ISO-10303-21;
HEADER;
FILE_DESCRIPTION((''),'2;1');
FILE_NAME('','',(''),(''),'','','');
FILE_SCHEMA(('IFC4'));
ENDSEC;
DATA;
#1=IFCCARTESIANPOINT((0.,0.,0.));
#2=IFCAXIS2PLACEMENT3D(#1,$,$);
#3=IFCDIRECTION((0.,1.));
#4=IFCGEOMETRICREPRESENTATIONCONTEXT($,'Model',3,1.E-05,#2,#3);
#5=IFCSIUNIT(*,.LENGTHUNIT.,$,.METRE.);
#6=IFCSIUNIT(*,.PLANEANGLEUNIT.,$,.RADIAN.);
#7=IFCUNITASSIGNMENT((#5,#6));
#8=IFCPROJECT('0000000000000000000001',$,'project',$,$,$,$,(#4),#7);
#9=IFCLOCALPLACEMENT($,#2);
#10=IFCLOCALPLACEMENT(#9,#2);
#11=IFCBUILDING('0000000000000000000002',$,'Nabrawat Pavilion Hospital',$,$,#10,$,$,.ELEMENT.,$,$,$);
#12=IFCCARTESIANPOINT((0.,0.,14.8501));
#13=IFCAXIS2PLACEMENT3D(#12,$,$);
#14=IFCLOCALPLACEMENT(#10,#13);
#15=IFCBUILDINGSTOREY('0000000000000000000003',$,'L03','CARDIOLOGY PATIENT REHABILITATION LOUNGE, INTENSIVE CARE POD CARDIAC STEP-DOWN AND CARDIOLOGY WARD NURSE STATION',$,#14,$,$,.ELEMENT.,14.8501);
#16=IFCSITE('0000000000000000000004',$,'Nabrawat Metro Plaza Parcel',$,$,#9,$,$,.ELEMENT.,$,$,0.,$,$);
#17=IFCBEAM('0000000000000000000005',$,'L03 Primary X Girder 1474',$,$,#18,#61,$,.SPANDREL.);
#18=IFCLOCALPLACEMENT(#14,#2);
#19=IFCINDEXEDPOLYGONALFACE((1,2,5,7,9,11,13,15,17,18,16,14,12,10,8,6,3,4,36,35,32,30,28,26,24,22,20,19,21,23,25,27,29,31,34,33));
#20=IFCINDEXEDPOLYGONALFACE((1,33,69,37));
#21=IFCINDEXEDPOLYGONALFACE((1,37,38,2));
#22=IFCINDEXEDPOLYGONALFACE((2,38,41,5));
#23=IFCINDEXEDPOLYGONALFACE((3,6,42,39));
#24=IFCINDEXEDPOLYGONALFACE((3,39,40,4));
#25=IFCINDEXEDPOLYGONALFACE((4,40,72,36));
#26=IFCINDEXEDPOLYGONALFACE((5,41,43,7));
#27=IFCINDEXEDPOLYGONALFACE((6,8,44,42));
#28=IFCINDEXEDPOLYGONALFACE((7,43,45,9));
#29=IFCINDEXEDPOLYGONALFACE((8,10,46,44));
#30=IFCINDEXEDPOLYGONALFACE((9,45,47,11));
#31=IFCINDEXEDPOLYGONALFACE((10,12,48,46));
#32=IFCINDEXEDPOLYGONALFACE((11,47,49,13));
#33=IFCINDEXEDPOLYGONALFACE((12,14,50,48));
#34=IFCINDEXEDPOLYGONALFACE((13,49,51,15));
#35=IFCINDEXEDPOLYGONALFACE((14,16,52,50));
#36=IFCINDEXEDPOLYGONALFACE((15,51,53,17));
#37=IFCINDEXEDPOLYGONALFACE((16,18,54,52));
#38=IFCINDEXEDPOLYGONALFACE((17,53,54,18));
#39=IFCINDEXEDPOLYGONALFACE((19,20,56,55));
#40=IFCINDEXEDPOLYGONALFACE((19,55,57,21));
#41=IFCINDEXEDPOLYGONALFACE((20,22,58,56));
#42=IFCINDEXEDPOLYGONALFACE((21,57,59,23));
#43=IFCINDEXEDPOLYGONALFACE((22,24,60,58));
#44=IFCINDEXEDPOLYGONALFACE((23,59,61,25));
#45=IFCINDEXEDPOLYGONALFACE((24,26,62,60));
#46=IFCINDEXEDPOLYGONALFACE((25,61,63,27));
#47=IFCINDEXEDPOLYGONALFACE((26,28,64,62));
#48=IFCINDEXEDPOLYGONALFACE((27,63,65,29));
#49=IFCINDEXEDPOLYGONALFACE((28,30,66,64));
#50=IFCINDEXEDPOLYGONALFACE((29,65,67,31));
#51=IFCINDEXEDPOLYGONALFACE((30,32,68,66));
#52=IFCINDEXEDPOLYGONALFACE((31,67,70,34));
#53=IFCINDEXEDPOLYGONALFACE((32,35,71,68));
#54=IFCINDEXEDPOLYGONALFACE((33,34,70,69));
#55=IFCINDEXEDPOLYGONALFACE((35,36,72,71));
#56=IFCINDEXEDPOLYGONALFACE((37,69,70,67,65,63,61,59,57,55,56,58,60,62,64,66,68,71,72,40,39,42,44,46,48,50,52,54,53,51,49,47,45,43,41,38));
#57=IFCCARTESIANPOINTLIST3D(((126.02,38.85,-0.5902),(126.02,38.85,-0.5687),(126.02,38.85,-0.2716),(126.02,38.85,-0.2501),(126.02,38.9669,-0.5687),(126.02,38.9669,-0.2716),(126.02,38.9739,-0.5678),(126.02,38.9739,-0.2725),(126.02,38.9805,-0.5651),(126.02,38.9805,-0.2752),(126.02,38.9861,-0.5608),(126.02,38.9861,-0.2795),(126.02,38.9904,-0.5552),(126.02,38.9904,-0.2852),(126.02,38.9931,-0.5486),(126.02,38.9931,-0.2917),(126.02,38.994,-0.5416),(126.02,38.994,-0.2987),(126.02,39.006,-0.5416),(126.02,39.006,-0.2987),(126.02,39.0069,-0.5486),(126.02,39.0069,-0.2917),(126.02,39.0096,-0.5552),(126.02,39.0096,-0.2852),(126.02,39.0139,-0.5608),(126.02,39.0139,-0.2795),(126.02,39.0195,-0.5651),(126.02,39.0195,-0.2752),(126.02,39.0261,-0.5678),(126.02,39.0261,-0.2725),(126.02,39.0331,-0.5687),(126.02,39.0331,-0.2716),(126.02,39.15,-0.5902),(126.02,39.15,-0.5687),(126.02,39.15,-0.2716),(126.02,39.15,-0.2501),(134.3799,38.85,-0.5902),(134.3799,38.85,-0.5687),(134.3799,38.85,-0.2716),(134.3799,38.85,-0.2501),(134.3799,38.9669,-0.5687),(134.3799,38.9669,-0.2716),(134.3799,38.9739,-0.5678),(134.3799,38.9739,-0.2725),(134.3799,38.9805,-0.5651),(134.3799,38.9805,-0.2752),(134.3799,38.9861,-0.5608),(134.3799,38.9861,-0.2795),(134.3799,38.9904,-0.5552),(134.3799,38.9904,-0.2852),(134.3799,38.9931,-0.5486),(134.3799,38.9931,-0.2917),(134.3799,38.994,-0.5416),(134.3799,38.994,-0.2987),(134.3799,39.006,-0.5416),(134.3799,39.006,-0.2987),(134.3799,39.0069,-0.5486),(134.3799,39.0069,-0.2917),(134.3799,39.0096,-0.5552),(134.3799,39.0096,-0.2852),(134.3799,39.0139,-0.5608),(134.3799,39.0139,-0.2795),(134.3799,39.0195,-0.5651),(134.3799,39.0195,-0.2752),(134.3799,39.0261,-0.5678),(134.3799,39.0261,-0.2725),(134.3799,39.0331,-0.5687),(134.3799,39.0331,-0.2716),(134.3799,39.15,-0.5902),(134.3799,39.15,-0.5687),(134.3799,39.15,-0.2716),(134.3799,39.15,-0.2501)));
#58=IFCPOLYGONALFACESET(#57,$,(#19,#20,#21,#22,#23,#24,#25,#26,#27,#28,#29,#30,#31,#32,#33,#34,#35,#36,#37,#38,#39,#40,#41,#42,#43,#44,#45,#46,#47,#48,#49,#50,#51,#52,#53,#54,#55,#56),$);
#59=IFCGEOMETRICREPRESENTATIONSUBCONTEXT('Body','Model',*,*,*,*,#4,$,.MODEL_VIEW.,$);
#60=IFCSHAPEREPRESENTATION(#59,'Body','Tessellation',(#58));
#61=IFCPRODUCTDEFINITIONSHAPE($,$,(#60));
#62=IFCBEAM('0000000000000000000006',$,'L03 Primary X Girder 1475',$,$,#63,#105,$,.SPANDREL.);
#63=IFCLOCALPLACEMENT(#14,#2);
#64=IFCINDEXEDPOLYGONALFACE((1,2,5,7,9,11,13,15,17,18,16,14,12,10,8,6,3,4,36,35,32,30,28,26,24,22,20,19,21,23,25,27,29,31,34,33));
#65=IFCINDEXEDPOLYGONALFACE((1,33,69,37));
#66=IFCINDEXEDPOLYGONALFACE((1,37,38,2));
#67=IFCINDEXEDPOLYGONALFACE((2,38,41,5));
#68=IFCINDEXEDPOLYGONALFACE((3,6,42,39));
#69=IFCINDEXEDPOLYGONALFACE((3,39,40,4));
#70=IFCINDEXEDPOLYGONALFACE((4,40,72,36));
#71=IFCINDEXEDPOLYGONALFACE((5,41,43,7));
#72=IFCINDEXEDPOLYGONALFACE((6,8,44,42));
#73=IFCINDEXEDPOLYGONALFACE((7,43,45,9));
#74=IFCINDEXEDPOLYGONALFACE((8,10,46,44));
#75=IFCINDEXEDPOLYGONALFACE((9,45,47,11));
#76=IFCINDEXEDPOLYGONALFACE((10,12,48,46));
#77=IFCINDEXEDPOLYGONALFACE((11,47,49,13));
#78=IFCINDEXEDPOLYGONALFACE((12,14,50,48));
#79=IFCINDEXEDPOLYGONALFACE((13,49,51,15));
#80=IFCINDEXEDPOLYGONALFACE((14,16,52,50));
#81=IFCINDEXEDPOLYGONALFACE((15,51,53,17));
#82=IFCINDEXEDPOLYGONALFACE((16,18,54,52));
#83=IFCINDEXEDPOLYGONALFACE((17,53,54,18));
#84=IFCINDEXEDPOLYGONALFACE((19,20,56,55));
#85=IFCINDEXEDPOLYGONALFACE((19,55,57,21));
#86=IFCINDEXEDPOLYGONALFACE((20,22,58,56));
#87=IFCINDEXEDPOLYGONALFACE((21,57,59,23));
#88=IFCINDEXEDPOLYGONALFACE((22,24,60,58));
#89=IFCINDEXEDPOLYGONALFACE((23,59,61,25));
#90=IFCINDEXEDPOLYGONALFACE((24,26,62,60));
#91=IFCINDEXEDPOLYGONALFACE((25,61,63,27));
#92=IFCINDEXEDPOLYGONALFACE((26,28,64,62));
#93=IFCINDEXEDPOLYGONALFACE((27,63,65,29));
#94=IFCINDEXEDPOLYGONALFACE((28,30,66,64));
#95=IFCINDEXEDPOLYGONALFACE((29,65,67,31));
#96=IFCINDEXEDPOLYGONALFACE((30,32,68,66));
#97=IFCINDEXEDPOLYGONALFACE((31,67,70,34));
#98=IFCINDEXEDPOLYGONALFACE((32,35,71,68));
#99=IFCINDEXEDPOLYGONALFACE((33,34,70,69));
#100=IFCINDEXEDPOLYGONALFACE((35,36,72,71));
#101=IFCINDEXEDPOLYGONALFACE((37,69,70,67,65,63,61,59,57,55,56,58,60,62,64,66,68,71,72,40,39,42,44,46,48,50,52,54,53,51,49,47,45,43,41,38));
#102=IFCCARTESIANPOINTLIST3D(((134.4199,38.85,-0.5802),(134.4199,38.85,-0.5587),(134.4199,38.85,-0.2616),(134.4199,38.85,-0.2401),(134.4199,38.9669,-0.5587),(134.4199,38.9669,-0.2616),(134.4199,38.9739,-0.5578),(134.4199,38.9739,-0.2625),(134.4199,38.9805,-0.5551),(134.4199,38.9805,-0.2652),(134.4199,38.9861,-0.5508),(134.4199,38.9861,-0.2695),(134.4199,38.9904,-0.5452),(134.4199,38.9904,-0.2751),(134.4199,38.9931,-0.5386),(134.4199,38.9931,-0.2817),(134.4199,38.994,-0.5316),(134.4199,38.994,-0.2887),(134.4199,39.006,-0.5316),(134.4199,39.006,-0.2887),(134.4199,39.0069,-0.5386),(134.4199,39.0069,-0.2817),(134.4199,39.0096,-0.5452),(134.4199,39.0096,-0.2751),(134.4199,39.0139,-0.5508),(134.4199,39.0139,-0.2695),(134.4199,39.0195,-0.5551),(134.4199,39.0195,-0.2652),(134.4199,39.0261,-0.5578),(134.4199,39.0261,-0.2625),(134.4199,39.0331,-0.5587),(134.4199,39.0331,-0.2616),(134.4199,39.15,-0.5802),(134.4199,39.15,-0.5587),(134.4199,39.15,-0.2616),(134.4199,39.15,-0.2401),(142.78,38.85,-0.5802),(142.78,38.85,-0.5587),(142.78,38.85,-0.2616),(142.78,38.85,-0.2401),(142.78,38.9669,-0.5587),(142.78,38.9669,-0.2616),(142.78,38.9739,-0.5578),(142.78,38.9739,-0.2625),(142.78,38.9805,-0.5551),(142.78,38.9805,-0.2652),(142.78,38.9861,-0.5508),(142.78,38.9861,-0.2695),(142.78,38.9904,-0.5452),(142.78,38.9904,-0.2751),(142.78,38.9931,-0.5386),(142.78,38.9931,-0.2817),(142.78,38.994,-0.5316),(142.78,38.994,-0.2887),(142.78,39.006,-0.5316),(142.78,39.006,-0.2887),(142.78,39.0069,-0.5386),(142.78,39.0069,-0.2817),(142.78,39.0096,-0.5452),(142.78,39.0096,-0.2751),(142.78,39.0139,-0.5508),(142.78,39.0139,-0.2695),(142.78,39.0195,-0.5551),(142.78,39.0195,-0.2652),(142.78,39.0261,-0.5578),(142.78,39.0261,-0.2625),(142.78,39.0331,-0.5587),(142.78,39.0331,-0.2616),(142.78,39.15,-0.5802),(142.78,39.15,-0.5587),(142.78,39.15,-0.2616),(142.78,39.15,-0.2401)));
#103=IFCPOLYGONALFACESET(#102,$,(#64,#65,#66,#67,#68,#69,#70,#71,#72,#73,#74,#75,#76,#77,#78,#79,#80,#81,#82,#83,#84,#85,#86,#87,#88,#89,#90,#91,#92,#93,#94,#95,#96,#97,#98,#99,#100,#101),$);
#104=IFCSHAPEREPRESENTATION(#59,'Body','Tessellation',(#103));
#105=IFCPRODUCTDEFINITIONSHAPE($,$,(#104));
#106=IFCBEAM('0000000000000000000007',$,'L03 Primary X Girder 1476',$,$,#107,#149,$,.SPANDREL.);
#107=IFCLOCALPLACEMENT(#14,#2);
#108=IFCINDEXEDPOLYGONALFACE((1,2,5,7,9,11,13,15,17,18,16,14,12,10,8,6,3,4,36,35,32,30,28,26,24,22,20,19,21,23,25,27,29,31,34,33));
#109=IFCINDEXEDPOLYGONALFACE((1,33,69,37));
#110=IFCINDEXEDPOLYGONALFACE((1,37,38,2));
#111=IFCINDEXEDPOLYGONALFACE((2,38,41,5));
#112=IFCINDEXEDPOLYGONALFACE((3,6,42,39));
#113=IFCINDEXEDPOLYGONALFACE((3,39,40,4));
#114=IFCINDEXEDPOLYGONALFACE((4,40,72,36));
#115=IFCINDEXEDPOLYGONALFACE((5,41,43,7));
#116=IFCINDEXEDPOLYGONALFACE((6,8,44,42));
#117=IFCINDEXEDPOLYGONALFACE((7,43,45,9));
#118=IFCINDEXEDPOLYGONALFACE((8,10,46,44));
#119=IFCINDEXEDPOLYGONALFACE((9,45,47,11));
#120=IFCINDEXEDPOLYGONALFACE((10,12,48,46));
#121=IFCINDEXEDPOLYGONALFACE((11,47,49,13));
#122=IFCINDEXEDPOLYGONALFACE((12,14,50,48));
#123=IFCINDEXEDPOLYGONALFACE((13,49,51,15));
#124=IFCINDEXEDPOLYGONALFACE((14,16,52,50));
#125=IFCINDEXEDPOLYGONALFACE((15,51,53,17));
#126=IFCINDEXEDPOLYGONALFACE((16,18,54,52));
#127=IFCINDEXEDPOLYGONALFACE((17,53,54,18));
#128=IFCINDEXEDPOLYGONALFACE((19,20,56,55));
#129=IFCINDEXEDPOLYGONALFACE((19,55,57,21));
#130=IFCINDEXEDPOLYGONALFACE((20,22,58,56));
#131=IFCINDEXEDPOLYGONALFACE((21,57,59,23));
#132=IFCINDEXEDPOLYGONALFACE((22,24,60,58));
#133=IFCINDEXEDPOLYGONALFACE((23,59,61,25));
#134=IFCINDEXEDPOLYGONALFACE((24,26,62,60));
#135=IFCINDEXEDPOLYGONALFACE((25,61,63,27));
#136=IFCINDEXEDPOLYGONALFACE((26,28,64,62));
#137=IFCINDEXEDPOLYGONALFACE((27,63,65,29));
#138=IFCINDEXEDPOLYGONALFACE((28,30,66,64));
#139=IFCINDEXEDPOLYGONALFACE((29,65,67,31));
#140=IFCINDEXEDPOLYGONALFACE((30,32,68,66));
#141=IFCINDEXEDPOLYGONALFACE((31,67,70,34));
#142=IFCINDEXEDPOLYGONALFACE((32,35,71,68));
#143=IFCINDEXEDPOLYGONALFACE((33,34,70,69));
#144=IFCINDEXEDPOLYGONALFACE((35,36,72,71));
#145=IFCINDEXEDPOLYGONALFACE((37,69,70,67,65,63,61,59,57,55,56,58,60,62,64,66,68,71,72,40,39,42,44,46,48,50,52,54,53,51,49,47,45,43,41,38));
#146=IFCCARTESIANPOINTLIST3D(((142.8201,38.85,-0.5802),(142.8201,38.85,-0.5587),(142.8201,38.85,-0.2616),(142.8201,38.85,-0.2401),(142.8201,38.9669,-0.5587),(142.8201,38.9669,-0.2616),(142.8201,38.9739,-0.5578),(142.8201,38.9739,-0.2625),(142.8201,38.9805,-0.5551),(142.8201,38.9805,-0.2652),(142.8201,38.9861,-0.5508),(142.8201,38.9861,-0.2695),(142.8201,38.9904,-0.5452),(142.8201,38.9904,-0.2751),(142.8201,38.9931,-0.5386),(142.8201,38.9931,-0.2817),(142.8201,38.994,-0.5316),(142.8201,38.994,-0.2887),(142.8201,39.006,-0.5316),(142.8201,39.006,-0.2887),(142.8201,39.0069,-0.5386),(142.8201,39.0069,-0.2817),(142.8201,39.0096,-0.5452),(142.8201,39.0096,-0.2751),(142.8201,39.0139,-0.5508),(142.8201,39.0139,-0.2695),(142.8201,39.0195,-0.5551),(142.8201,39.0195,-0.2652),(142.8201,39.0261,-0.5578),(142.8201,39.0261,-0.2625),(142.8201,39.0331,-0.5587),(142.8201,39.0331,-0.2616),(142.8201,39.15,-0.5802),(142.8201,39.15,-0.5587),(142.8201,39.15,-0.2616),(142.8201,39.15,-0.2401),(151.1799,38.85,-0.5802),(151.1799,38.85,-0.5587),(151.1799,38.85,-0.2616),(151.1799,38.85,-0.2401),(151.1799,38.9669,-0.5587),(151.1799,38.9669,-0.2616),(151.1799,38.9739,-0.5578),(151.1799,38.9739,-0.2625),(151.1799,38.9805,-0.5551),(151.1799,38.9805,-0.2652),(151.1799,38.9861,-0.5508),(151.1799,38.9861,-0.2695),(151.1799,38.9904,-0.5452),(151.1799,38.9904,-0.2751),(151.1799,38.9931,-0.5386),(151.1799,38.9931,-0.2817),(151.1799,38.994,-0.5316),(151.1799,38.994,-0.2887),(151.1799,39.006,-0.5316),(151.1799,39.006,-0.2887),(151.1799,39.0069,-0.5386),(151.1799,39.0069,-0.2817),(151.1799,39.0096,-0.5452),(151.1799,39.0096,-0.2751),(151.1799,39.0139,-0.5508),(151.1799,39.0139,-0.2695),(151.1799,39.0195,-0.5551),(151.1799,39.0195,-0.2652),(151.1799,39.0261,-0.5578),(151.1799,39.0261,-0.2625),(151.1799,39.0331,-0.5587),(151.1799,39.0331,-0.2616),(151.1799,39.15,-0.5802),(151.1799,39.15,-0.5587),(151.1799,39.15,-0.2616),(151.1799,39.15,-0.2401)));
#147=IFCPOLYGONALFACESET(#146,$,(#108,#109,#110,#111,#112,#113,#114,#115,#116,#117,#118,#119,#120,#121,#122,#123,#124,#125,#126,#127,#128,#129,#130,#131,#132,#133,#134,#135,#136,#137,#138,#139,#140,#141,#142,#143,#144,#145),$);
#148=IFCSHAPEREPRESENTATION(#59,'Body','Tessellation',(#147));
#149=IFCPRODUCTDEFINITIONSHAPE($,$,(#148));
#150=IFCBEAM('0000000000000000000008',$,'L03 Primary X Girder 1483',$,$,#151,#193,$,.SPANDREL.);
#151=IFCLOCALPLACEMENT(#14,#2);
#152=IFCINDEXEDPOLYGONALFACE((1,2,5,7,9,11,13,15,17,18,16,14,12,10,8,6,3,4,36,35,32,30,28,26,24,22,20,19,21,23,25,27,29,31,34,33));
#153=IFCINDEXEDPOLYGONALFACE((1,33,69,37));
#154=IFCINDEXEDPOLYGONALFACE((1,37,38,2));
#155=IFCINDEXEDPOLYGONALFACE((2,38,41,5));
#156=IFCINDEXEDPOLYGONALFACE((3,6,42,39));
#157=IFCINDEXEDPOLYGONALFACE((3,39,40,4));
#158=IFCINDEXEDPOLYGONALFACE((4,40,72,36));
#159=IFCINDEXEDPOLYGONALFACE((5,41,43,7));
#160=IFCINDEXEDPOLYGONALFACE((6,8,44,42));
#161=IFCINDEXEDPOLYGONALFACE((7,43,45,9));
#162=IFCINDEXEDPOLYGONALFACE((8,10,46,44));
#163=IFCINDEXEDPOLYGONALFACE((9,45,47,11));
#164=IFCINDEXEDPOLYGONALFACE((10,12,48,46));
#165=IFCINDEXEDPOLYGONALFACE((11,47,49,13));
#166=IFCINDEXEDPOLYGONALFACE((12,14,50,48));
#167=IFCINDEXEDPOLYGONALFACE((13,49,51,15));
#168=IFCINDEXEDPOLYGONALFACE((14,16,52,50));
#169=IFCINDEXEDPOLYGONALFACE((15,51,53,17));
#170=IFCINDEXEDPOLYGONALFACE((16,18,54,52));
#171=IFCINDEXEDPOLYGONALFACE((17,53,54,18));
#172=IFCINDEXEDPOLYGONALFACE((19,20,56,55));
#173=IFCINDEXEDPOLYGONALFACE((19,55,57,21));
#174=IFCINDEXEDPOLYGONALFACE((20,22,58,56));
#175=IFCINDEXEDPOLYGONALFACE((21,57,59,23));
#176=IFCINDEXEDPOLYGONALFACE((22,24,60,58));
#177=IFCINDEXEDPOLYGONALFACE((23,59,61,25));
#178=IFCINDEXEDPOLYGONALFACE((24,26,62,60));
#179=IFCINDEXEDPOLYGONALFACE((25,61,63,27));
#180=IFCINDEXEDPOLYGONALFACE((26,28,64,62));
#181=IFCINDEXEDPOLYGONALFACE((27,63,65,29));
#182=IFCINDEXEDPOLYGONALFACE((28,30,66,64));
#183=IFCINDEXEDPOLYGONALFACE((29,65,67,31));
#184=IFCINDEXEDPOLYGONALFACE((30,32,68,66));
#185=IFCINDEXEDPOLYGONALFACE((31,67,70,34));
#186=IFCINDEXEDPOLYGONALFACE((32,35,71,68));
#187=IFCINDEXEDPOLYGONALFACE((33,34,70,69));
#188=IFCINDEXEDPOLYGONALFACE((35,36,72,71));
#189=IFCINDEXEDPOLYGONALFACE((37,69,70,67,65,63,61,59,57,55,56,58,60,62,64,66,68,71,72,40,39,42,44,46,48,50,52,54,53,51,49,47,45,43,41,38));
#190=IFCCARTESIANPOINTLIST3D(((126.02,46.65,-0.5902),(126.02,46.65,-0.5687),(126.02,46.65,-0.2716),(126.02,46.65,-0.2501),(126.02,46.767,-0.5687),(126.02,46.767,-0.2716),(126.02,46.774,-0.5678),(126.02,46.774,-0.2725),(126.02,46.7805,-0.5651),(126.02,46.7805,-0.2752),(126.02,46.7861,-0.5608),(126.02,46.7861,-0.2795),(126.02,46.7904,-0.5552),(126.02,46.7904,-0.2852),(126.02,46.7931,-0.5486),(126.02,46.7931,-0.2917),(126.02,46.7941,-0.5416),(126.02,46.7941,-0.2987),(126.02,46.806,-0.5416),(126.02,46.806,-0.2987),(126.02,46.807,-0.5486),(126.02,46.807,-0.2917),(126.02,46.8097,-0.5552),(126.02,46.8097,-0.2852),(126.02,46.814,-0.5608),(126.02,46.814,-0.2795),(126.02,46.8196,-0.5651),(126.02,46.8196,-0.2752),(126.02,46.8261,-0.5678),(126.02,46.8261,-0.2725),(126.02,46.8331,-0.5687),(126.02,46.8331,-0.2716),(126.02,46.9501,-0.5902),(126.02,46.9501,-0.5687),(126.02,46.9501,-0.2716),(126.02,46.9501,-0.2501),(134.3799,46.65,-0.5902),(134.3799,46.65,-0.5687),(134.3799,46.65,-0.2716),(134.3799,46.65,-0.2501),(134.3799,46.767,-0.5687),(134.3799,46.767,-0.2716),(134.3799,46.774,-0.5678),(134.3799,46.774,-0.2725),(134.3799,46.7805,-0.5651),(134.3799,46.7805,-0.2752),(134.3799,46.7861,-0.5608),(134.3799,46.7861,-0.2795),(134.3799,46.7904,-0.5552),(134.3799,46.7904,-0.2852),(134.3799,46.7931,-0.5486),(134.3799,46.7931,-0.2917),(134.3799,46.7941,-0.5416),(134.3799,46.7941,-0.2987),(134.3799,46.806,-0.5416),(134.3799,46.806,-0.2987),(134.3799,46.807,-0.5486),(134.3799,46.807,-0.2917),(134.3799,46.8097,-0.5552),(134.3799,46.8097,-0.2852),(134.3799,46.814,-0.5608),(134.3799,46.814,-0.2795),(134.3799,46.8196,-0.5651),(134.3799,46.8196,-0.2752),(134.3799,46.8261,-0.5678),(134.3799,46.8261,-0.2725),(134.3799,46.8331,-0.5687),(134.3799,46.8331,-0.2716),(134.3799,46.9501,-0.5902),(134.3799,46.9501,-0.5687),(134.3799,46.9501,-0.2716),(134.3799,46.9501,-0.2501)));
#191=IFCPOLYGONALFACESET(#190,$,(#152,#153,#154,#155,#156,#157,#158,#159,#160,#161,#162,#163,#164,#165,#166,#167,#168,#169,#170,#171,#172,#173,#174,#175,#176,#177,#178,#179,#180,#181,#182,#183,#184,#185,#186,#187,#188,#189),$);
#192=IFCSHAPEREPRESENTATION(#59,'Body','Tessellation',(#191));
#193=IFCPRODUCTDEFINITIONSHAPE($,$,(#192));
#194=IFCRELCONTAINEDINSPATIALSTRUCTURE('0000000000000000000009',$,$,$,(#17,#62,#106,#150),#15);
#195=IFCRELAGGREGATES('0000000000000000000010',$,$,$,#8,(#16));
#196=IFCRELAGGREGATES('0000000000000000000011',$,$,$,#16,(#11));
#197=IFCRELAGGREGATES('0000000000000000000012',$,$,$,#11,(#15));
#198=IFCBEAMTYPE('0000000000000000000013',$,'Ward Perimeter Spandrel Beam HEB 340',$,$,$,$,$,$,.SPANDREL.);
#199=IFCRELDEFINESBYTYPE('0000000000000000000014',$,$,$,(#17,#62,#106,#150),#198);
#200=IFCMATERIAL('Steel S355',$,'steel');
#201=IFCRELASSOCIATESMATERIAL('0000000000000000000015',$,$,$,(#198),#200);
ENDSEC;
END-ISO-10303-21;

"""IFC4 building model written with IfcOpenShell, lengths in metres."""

from ifc_helpers import new_model, si_unit, direction, frame, origin, origin_2d, place, context, subcontext, project, spatial, i_section, extrude, material, material_profile, profile_set, type_object, element, save


model = new_model("IFC4")

# Units and contexts
model_context = context("Model", 3, precision=1e-05, world=origin(), true_north=direction((0.0, 1.0)))
body_context = subcontext(model_context, "Body", "Model", "MODEL_VIEW")
ifc_project = project(units=[si_unit("LENGTHUNIT", "METRE"), si_unit("PLANEANGLEUNIT", "RADIAN")], contexts=[model_context])

# Site, building, storey
site_placement = place(None, origin())
site = spatial("IfcSite", under=ifc_project, at=site_placement, Name="Nabrawat Metro Plaza Parcel", CompositionType="ELEMENT", RefElevation=0.0)
building_placement = place(site_placement, origin())
building = spatial("IfcBuilding", under=site, at=building_placement, Name="Nabrawat Pavilion Hospital", CompositionType="ELEMENT")
storey_placement = place(building_placement, frame((0.0, 0.0, 14.8501)))
storey = spatial("IfcBuildingStorey", under=building, at=storey_placement, Name="L03", Description="CARDIOLOGY PATIENT REHABILITATION LOUNGE, INTENSIVE CARE POD CARDIAC STEP-DOWN AND CARDIOLOGY WARD NURSE STATION", CompositionType="ELEMENT", Elevation=14.8501)

# Shared definitions
ifc_material_1 = material(Name="Steel S355", Category="steel")

# Beams
ifc_material_profile_1 = material_profile(ifc_material_1, i_section(OverallWidth=0.3, OverallDepth=0.3401, WebThickness=0.012, FlangeThickness=0.0215, FilletRadius=0.0271, at=origin_2d()), Name="HEB 340")
ifc_profile_set_1 = profile_set([ifc_material_profile_1], Name="Steel S355")
beam_type_1 = type_object("IfcBeamType", Name="Ward Perimeter Spandrel Beam HEB 340", PredefinedType="SPANDREL", material=ifc_profile_set_1)
beam_1_placement = place(storey_placement, frame((126.02, 39.0, -0.4202), z_axis=(1.0, 0.0, 0.0), x_axis=(0.0, 1.0, 0.0)))
element("IfcBeam", 1, at=beam_1_placement, inside=storey, type_object=beam_type_1, Name="L03 Primary X Girder 1474", PredefinedType="SPANDREL", context=body_context, shape_type="SweptSolid", body=[
    extrude(i_section(OverallWidth=0.3, OverallDepth=0.3401, WebThickness=0.012, FlangeThickness=0.0215, FilletRadius=0.0271, at=origin_2d()), origin(), (0.0, 0.0, 1.0), 8.3599),
])
beam_2_placement = place(storey_placement, frame((134.4199, 39.0, -0.4102), z_axis=(1.0, 0.0, 0.0), x_axis=(0.0, 1.0, 0.0)))
element("IfcBeam", 2, at=beam_2_placement, inside=storey, type_object=beam_type_1, Name="L03 Primary X Girder 1475", PredefinedType="SPANDREL", context=body_context, shape_type="SweptSolid", body=[
    extrude(i_section(OverallWidth=0.3, OverallDepth=0.3401, WebThickness=0.012, FlangeThickness=0.0215, FilletRadius=0.0271, at=origin_2d()), origin(), (0.0, 0.0, 1.0), 8.3601),
])
for number, where, z_axis, x_axis, name in (
    (3, (142.8201, 39.0, -0.4102), (1.0, 0.0, 0.0), (0.0, 1.0, 0.0), "L03 Primary X Girder 1476"),
    (4, (126.02, 46.8, -0.4202), (1.0, 0.0, 0.0), (0.0, 1.0, 0.0), "L03 Primary X Girder 1483"),
):
    element("IfcBeam", number, at=place(storey_placement, frame(where, z_axis=z_axis, x_axis=x_axis)), inside=storey, type_object=beam_type_1, Name=name, PredefinedType="SPANDREL", context=body_context, shape_type="SweptSolid", body=[
        extrude(i_section(OverallWidth=0.3, OverallDepth=0.3401, WebThickness=0.012, FlangeThickness=0.0215, FilletRadius=0.0271, at=origin_2d()), origin(), (0.0, 0.0, 1.0), 8.3599),
    ])

save(model, "model.ifc")
